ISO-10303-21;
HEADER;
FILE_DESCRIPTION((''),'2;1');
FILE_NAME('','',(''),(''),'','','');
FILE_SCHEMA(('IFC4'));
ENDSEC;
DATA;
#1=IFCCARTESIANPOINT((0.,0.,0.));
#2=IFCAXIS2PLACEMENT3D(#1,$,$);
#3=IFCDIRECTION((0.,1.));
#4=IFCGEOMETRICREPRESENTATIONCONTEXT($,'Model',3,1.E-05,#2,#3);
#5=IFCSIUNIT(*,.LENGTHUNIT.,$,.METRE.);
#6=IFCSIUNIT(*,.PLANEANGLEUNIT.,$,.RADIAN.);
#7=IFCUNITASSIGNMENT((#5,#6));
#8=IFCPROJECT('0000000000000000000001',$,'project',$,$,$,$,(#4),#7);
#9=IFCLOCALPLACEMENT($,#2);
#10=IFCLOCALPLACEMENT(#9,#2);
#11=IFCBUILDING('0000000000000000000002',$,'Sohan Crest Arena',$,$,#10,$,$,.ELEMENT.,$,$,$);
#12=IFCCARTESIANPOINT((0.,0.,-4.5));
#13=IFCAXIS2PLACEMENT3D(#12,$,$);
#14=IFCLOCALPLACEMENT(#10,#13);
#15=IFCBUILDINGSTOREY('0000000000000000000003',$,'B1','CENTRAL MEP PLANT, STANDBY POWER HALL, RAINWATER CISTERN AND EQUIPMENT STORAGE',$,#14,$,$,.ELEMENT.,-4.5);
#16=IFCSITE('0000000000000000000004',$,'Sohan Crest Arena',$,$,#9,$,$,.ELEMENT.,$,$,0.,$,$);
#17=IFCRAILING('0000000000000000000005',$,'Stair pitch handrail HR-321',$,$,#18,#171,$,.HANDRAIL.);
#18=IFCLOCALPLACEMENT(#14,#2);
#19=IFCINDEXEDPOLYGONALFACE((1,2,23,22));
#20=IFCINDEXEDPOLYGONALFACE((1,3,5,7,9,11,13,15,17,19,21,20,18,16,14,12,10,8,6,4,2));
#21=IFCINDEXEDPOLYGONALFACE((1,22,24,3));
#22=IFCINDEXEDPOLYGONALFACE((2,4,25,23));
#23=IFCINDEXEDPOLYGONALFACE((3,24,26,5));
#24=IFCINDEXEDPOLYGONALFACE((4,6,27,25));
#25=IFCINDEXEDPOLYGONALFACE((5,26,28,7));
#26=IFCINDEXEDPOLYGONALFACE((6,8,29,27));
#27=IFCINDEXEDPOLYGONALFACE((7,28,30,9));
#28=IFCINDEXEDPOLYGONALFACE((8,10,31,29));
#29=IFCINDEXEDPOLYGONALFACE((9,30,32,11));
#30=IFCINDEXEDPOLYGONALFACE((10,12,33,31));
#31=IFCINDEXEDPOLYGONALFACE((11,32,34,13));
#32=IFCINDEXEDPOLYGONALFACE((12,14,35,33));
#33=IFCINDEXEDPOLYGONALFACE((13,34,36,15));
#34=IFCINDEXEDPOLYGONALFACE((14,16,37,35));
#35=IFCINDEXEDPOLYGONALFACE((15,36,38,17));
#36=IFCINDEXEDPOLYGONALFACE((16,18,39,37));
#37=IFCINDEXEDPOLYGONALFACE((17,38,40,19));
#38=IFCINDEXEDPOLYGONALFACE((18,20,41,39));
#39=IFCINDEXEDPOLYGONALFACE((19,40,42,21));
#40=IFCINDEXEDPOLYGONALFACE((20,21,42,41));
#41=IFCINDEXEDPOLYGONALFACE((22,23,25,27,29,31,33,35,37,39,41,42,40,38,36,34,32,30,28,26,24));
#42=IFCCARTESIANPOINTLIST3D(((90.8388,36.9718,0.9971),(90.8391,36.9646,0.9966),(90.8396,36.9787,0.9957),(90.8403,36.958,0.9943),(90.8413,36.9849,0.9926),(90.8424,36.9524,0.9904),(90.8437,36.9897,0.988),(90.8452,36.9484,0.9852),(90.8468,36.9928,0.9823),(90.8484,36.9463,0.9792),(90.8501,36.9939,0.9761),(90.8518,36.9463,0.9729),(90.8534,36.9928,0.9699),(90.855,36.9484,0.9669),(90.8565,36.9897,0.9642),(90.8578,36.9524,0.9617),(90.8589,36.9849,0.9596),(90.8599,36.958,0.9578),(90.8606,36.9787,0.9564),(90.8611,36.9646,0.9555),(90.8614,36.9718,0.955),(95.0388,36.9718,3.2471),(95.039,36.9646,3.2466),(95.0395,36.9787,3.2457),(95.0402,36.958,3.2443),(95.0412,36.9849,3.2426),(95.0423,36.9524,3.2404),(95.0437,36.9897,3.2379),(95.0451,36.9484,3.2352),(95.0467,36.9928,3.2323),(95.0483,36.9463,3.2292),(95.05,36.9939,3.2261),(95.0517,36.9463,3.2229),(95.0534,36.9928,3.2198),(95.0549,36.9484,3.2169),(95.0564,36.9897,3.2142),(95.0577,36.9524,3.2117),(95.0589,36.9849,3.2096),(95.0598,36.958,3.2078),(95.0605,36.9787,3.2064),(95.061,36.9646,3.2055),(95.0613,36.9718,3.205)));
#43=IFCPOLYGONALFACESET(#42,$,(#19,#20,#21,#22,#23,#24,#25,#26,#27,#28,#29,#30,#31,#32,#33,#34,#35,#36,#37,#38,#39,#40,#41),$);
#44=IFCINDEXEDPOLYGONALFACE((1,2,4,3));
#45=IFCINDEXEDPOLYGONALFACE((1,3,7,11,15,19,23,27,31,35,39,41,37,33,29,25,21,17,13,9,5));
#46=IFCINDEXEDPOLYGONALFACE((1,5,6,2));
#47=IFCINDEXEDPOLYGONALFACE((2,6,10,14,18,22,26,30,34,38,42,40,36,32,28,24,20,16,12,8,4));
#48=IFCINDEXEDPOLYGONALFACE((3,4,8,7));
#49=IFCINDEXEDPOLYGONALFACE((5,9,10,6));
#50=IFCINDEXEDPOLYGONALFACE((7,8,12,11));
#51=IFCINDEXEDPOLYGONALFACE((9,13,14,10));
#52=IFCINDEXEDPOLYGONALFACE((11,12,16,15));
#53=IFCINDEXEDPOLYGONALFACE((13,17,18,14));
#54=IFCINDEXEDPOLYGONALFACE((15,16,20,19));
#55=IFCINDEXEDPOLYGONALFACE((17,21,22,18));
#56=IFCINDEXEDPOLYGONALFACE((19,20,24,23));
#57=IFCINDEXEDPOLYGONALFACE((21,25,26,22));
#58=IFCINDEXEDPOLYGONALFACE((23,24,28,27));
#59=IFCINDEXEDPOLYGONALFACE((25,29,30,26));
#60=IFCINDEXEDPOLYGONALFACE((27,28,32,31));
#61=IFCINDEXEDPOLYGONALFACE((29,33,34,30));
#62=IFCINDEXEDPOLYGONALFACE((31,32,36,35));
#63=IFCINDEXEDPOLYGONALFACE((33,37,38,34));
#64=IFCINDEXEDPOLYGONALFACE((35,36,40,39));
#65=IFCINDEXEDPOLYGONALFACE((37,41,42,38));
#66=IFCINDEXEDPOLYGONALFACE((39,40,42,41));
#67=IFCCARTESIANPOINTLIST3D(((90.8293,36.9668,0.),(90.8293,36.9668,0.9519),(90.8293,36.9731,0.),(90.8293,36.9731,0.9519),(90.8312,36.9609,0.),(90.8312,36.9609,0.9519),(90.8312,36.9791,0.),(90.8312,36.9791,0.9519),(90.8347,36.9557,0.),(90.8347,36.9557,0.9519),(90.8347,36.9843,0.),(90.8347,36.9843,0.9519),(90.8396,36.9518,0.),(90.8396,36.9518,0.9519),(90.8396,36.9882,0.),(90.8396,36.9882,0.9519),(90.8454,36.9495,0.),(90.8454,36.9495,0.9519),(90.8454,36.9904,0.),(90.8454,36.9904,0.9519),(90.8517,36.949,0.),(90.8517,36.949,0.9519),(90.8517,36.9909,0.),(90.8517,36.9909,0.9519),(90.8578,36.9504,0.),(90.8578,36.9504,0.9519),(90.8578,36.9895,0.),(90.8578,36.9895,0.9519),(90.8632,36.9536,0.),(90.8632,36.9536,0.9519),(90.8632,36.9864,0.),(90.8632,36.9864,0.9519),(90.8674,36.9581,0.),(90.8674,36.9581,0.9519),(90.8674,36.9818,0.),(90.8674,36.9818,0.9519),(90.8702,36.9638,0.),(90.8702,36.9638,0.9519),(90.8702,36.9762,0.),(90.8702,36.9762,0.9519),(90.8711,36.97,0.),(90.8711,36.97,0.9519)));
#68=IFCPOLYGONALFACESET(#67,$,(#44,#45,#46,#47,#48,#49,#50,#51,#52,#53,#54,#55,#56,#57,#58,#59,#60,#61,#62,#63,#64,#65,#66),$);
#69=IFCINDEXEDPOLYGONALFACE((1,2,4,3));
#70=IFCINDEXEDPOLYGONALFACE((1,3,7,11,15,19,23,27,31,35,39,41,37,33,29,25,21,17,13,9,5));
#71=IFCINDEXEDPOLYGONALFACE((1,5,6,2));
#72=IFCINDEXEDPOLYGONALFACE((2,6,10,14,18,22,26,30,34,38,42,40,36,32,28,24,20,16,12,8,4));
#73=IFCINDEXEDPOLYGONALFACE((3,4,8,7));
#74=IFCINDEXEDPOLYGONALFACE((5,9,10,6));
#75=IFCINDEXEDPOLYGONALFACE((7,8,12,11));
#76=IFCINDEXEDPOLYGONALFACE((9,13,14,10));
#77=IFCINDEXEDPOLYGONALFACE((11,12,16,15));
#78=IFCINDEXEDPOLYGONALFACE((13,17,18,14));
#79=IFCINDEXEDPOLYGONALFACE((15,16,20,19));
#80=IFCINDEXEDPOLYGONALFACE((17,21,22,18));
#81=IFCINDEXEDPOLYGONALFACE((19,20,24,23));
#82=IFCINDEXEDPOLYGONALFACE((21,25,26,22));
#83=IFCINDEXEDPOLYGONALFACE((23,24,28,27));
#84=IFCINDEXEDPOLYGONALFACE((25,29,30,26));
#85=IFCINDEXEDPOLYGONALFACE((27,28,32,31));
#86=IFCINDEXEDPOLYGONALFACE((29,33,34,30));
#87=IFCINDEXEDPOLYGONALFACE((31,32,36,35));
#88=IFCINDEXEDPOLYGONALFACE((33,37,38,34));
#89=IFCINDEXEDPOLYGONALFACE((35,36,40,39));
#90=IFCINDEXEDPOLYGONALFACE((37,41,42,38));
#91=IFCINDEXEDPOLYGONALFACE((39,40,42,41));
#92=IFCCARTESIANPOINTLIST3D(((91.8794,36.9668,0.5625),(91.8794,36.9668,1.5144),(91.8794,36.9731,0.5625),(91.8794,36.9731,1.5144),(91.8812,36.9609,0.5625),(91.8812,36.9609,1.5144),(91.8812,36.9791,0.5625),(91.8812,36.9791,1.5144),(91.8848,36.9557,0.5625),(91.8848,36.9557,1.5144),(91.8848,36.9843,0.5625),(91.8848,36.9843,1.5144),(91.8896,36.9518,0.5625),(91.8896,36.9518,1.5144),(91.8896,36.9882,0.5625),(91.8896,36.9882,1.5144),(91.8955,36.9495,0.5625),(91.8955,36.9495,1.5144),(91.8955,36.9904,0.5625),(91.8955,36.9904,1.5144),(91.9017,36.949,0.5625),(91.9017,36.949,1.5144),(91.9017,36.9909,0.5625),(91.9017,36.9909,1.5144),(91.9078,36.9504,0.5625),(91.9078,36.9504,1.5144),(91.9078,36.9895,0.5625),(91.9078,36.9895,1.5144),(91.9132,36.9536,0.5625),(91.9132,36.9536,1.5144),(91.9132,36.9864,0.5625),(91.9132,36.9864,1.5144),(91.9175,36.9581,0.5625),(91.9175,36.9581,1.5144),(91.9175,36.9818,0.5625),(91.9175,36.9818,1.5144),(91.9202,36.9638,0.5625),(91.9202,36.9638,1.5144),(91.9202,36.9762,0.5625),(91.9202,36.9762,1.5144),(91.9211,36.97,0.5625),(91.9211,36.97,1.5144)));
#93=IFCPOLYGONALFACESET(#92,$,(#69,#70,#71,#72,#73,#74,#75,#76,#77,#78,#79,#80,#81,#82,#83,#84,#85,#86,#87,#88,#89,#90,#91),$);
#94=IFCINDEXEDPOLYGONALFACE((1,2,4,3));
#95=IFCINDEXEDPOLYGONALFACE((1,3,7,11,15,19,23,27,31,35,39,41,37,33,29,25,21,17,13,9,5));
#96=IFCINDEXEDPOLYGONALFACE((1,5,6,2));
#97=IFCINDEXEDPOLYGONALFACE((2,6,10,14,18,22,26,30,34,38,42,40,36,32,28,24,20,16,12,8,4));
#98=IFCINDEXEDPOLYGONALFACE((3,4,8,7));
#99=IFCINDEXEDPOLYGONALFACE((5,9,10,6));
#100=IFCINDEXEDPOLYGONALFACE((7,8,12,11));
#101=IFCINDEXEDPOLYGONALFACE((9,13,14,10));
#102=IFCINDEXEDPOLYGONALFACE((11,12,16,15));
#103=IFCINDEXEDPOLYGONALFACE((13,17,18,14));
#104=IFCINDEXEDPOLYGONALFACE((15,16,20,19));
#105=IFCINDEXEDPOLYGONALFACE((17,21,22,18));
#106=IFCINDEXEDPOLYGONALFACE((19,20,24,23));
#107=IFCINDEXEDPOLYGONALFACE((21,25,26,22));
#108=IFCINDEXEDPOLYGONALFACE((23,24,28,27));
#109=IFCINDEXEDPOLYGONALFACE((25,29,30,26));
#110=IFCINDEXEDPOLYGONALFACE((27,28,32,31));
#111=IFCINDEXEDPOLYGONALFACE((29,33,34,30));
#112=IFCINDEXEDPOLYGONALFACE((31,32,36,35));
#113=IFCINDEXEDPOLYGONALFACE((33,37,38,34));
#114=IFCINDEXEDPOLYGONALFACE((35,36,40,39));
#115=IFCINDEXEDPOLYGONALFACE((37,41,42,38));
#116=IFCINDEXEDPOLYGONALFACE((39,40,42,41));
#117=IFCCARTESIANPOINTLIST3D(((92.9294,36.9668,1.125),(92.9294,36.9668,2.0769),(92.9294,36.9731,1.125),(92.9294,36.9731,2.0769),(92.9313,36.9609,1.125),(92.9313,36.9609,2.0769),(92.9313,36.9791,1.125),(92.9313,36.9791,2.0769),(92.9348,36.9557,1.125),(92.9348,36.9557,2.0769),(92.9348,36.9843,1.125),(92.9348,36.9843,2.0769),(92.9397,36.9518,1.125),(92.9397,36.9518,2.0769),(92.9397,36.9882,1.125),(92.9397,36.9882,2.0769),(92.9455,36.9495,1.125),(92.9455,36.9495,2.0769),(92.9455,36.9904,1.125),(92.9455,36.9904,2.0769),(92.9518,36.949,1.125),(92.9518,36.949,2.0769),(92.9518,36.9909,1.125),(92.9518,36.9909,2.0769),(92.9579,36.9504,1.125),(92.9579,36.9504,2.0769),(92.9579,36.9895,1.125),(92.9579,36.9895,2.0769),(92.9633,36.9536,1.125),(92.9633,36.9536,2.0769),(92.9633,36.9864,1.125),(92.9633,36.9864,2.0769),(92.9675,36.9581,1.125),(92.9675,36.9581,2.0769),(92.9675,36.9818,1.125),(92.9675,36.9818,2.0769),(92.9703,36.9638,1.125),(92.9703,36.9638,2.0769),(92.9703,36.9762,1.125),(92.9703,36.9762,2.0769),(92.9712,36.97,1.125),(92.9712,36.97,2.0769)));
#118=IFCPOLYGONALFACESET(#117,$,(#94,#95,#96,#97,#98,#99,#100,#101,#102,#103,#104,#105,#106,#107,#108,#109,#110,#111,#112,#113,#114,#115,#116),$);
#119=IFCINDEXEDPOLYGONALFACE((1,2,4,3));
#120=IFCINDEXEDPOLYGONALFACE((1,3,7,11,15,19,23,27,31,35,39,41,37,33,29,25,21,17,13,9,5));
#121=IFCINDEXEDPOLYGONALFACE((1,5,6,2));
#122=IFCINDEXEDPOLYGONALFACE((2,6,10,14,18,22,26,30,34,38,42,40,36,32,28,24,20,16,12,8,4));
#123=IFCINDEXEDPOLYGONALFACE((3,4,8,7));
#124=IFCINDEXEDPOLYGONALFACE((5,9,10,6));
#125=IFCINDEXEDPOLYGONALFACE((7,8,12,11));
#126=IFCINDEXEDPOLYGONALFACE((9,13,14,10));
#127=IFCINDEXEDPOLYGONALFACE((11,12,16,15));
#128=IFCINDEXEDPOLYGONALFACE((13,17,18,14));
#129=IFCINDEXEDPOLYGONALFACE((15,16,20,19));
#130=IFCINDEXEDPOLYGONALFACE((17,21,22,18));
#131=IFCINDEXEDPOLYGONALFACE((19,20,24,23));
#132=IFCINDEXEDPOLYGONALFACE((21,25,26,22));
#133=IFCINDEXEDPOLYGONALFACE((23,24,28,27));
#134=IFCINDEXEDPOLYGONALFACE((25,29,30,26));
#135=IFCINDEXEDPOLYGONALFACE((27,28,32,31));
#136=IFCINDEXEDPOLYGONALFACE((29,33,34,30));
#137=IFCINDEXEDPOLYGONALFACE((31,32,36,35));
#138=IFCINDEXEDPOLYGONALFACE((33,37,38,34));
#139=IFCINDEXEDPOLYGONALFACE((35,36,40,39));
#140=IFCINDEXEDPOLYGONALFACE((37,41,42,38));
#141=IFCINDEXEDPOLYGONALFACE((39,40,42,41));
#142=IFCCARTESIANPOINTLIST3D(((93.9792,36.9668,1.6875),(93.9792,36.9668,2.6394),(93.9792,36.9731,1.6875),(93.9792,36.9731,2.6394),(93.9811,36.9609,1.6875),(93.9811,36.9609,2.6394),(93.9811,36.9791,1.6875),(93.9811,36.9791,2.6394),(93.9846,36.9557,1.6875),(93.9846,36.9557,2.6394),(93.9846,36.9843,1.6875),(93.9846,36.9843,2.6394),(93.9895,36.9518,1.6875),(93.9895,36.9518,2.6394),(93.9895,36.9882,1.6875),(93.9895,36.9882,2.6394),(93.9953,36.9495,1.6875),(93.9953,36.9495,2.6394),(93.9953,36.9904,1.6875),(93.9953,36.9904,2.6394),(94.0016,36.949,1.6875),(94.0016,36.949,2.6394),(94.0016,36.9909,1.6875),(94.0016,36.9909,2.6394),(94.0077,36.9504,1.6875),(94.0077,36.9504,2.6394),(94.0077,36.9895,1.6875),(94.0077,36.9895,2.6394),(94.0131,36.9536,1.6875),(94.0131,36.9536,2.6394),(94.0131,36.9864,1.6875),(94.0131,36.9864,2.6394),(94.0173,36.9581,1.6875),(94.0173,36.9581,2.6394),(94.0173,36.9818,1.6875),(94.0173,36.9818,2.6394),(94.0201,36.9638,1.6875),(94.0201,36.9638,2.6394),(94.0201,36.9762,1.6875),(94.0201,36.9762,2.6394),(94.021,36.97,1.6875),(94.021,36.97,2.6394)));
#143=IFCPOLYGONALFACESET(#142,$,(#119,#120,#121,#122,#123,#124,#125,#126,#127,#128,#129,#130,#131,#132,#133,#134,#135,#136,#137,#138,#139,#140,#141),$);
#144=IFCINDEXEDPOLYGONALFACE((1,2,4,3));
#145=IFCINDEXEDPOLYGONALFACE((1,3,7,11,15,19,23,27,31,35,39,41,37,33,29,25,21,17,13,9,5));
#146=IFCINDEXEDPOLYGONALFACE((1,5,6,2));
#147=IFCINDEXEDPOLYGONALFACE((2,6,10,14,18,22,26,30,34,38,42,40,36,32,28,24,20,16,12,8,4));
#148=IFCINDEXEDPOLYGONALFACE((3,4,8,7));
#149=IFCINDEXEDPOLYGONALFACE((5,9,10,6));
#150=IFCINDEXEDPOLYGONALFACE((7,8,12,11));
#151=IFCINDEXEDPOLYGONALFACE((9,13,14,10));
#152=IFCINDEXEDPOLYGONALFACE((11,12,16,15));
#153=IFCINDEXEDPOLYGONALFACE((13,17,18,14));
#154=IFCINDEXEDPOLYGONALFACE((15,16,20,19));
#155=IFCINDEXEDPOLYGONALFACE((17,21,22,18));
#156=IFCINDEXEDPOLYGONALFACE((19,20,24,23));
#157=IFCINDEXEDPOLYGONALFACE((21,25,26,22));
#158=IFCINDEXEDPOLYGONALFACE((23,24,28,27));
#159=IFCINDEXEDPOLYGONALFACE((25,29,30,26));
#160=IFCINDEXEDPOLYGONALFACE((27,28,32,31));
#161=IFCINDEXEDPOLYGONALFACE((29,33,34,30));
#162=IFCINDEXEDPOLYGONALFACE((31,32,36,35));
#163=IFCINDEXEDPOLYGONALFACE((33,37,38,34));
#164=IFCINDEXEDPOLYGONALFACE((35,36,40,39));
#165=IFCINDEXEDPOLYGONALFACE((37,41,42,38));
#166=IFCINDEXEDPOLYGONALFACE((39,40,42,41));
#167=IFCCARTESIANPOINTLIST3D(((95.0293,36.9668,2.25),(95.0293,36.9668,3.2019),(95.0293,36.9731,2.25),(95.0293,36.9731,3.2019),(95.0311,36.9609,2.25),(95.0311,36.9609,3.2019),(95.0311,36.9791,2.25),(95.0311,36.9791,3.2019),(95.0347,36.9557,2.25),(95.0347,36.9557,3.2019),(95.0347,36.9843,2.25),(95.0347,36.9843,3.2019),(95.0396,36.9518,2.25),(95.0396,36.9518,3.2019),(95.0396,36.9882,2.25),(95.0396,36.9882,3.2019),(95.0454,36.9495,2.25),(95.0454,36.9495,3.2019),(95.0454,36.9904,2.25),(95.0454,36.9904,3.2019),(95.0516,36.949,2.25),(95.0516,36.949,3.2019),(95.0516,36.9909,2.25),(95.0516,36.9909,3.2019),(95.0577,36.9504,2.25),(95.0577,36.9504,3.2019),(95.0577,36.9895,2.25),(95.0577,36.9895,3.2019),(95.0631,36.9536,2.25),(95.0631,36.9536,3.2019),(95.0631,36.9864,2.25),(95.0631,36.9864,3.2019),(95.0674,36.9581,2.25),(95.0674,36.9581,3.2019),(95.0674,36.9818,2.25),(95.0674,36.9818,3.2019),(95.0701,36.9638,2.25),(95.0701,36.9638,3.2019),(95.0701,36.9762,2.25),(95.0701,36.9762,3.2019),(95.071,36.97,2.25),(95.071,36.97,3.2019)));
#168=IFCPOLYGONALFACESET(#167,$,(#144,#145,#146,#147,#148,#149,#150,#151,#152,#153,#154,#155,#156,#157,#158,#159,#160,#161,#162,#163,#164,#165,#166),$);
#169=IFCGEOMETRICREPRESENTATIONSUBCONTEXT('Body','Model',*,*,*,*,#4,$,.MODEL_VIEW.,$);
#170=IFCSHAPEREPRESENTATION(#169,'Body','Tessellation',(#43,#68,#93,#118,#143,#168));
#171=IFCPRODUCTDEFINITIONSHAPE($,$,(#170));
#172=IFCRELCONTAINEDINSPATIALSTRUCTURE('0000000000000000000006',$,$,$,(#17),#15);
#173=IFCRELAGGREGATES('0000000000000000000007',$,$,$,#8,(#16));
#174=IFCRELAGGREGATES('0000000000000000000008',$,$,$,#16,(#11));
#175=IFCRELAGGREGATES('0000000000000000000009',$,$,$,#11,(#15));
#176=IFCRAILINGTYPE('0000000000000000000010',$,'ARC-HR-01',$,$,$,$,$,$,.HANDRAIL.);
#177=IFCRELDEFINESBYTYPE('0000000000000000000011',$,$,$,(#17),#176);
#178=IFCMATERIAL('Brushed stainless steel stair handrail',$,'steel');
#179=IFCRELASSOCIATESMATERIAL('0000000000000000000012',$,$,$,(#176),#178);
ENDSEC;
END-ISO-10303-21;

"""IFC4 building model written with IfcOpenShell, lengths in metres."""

from ifc_helpers import new_model, si_unit, direction, frame, origin, origin_2d, place, context, subcontext, project, spatial, circle, extrude, material, type_object, element, save


model = new_model("IFC4")

# Units and contexts
model_context = context("Model", 3, precision=1e-05, world=origin(), true_north=direction((0.0, 1.0)))
body_context = subcontext(model_context, "Body", "Model", "MODEL_VIEW")
ifc_project = project(units=[si_unit("LENGTHUNIT", "METRE"), si_unit("PLANEANGLEUNIT", "RADIAN")], contexts=[model_context])

# Site, building, storey
site_placement = place(None, origin())
site = spatial("IfcSite", under=ifc_project, at=site_placement, Name="Sohan Crest Arena", CompositionType="ELEMENT", RefElevation=0.0)
building_placement = place(site_placement, origin())
building = spatial("IfcBuilding", under=site, at=building_placement, Name="Sohan Crest Arena", CompositionType="ELEMENT")
storey_placement = place(building_placement, frame((0.0, 0.0, -4.5)))
storey = spatial("IfcBuildingStorey", under=building, at=storey_placement, Name="B1", Description="CENTRAL MEP PLANT, STANDBY POWER HALL, RAINWATER CISTERN AND EQUIPMENT STORAGE", CompositionType="ELEMENT", Elevation=-4.5)

# Railing
ifc_material_1 = material(Name="Brushed stainless steel stair handrail", Category="steel")
railing_type_1 = type_object("IfcRailingType", Name="ARC-HR-01", PredefinedType="HANDRAIL", material=ifc_material_1)
for number, where, name in (
    (1, (90.8501, 36.97, 0.0), "Stair pitch handrail HR-321"),
):
    element("IfcRailing", number, at=place(storey_placement, frame(where)), inside=storey, type_object=railing_type_1, Name=name, PredefinedType="HANDRAIL", context=body_context, shape_type="SweptSolid", body=[
        extrude(circle(Radius=0.0239, at=origin_2d()), frame((0.0, 0.0, 0.9761), z_axis=(0.881478, 0.0, 0.472226), x_axis=(0.0, 1.0, 0.0)), (0.0, 0.0, 1.0), 4.7646),
        extrude(circle(Radius=0.021, at=origin_2d()), origin(), (0.0, 0.0, 1.0), 0.9519),
        extrude(circle(Radius=0.021, at=origin_2d()), frame((1.05, 0.0, 0.5625)), (0.0, 0.0, 1.0), 0.9519),
        extrude(circle(Radius=0.021, at=origin_2d()), frame((2.1001, 0.0, 1.125)), (0.0, 0.0, 1.0), 0.9519),
        extrude(circle(Radius=0.021, at=origin_2d()), frame((3.1499, 0.0, 1.6875)), (0.0, 0.0, 1.0), 0.9519),
        extrude(circle(Radius=0.021, at=origin_2d()), frame((4.2, 0.0, 2.25)), (0.0, 0.0, 1.0), 0.9519),
    ])

save(model, "model.ifc")
